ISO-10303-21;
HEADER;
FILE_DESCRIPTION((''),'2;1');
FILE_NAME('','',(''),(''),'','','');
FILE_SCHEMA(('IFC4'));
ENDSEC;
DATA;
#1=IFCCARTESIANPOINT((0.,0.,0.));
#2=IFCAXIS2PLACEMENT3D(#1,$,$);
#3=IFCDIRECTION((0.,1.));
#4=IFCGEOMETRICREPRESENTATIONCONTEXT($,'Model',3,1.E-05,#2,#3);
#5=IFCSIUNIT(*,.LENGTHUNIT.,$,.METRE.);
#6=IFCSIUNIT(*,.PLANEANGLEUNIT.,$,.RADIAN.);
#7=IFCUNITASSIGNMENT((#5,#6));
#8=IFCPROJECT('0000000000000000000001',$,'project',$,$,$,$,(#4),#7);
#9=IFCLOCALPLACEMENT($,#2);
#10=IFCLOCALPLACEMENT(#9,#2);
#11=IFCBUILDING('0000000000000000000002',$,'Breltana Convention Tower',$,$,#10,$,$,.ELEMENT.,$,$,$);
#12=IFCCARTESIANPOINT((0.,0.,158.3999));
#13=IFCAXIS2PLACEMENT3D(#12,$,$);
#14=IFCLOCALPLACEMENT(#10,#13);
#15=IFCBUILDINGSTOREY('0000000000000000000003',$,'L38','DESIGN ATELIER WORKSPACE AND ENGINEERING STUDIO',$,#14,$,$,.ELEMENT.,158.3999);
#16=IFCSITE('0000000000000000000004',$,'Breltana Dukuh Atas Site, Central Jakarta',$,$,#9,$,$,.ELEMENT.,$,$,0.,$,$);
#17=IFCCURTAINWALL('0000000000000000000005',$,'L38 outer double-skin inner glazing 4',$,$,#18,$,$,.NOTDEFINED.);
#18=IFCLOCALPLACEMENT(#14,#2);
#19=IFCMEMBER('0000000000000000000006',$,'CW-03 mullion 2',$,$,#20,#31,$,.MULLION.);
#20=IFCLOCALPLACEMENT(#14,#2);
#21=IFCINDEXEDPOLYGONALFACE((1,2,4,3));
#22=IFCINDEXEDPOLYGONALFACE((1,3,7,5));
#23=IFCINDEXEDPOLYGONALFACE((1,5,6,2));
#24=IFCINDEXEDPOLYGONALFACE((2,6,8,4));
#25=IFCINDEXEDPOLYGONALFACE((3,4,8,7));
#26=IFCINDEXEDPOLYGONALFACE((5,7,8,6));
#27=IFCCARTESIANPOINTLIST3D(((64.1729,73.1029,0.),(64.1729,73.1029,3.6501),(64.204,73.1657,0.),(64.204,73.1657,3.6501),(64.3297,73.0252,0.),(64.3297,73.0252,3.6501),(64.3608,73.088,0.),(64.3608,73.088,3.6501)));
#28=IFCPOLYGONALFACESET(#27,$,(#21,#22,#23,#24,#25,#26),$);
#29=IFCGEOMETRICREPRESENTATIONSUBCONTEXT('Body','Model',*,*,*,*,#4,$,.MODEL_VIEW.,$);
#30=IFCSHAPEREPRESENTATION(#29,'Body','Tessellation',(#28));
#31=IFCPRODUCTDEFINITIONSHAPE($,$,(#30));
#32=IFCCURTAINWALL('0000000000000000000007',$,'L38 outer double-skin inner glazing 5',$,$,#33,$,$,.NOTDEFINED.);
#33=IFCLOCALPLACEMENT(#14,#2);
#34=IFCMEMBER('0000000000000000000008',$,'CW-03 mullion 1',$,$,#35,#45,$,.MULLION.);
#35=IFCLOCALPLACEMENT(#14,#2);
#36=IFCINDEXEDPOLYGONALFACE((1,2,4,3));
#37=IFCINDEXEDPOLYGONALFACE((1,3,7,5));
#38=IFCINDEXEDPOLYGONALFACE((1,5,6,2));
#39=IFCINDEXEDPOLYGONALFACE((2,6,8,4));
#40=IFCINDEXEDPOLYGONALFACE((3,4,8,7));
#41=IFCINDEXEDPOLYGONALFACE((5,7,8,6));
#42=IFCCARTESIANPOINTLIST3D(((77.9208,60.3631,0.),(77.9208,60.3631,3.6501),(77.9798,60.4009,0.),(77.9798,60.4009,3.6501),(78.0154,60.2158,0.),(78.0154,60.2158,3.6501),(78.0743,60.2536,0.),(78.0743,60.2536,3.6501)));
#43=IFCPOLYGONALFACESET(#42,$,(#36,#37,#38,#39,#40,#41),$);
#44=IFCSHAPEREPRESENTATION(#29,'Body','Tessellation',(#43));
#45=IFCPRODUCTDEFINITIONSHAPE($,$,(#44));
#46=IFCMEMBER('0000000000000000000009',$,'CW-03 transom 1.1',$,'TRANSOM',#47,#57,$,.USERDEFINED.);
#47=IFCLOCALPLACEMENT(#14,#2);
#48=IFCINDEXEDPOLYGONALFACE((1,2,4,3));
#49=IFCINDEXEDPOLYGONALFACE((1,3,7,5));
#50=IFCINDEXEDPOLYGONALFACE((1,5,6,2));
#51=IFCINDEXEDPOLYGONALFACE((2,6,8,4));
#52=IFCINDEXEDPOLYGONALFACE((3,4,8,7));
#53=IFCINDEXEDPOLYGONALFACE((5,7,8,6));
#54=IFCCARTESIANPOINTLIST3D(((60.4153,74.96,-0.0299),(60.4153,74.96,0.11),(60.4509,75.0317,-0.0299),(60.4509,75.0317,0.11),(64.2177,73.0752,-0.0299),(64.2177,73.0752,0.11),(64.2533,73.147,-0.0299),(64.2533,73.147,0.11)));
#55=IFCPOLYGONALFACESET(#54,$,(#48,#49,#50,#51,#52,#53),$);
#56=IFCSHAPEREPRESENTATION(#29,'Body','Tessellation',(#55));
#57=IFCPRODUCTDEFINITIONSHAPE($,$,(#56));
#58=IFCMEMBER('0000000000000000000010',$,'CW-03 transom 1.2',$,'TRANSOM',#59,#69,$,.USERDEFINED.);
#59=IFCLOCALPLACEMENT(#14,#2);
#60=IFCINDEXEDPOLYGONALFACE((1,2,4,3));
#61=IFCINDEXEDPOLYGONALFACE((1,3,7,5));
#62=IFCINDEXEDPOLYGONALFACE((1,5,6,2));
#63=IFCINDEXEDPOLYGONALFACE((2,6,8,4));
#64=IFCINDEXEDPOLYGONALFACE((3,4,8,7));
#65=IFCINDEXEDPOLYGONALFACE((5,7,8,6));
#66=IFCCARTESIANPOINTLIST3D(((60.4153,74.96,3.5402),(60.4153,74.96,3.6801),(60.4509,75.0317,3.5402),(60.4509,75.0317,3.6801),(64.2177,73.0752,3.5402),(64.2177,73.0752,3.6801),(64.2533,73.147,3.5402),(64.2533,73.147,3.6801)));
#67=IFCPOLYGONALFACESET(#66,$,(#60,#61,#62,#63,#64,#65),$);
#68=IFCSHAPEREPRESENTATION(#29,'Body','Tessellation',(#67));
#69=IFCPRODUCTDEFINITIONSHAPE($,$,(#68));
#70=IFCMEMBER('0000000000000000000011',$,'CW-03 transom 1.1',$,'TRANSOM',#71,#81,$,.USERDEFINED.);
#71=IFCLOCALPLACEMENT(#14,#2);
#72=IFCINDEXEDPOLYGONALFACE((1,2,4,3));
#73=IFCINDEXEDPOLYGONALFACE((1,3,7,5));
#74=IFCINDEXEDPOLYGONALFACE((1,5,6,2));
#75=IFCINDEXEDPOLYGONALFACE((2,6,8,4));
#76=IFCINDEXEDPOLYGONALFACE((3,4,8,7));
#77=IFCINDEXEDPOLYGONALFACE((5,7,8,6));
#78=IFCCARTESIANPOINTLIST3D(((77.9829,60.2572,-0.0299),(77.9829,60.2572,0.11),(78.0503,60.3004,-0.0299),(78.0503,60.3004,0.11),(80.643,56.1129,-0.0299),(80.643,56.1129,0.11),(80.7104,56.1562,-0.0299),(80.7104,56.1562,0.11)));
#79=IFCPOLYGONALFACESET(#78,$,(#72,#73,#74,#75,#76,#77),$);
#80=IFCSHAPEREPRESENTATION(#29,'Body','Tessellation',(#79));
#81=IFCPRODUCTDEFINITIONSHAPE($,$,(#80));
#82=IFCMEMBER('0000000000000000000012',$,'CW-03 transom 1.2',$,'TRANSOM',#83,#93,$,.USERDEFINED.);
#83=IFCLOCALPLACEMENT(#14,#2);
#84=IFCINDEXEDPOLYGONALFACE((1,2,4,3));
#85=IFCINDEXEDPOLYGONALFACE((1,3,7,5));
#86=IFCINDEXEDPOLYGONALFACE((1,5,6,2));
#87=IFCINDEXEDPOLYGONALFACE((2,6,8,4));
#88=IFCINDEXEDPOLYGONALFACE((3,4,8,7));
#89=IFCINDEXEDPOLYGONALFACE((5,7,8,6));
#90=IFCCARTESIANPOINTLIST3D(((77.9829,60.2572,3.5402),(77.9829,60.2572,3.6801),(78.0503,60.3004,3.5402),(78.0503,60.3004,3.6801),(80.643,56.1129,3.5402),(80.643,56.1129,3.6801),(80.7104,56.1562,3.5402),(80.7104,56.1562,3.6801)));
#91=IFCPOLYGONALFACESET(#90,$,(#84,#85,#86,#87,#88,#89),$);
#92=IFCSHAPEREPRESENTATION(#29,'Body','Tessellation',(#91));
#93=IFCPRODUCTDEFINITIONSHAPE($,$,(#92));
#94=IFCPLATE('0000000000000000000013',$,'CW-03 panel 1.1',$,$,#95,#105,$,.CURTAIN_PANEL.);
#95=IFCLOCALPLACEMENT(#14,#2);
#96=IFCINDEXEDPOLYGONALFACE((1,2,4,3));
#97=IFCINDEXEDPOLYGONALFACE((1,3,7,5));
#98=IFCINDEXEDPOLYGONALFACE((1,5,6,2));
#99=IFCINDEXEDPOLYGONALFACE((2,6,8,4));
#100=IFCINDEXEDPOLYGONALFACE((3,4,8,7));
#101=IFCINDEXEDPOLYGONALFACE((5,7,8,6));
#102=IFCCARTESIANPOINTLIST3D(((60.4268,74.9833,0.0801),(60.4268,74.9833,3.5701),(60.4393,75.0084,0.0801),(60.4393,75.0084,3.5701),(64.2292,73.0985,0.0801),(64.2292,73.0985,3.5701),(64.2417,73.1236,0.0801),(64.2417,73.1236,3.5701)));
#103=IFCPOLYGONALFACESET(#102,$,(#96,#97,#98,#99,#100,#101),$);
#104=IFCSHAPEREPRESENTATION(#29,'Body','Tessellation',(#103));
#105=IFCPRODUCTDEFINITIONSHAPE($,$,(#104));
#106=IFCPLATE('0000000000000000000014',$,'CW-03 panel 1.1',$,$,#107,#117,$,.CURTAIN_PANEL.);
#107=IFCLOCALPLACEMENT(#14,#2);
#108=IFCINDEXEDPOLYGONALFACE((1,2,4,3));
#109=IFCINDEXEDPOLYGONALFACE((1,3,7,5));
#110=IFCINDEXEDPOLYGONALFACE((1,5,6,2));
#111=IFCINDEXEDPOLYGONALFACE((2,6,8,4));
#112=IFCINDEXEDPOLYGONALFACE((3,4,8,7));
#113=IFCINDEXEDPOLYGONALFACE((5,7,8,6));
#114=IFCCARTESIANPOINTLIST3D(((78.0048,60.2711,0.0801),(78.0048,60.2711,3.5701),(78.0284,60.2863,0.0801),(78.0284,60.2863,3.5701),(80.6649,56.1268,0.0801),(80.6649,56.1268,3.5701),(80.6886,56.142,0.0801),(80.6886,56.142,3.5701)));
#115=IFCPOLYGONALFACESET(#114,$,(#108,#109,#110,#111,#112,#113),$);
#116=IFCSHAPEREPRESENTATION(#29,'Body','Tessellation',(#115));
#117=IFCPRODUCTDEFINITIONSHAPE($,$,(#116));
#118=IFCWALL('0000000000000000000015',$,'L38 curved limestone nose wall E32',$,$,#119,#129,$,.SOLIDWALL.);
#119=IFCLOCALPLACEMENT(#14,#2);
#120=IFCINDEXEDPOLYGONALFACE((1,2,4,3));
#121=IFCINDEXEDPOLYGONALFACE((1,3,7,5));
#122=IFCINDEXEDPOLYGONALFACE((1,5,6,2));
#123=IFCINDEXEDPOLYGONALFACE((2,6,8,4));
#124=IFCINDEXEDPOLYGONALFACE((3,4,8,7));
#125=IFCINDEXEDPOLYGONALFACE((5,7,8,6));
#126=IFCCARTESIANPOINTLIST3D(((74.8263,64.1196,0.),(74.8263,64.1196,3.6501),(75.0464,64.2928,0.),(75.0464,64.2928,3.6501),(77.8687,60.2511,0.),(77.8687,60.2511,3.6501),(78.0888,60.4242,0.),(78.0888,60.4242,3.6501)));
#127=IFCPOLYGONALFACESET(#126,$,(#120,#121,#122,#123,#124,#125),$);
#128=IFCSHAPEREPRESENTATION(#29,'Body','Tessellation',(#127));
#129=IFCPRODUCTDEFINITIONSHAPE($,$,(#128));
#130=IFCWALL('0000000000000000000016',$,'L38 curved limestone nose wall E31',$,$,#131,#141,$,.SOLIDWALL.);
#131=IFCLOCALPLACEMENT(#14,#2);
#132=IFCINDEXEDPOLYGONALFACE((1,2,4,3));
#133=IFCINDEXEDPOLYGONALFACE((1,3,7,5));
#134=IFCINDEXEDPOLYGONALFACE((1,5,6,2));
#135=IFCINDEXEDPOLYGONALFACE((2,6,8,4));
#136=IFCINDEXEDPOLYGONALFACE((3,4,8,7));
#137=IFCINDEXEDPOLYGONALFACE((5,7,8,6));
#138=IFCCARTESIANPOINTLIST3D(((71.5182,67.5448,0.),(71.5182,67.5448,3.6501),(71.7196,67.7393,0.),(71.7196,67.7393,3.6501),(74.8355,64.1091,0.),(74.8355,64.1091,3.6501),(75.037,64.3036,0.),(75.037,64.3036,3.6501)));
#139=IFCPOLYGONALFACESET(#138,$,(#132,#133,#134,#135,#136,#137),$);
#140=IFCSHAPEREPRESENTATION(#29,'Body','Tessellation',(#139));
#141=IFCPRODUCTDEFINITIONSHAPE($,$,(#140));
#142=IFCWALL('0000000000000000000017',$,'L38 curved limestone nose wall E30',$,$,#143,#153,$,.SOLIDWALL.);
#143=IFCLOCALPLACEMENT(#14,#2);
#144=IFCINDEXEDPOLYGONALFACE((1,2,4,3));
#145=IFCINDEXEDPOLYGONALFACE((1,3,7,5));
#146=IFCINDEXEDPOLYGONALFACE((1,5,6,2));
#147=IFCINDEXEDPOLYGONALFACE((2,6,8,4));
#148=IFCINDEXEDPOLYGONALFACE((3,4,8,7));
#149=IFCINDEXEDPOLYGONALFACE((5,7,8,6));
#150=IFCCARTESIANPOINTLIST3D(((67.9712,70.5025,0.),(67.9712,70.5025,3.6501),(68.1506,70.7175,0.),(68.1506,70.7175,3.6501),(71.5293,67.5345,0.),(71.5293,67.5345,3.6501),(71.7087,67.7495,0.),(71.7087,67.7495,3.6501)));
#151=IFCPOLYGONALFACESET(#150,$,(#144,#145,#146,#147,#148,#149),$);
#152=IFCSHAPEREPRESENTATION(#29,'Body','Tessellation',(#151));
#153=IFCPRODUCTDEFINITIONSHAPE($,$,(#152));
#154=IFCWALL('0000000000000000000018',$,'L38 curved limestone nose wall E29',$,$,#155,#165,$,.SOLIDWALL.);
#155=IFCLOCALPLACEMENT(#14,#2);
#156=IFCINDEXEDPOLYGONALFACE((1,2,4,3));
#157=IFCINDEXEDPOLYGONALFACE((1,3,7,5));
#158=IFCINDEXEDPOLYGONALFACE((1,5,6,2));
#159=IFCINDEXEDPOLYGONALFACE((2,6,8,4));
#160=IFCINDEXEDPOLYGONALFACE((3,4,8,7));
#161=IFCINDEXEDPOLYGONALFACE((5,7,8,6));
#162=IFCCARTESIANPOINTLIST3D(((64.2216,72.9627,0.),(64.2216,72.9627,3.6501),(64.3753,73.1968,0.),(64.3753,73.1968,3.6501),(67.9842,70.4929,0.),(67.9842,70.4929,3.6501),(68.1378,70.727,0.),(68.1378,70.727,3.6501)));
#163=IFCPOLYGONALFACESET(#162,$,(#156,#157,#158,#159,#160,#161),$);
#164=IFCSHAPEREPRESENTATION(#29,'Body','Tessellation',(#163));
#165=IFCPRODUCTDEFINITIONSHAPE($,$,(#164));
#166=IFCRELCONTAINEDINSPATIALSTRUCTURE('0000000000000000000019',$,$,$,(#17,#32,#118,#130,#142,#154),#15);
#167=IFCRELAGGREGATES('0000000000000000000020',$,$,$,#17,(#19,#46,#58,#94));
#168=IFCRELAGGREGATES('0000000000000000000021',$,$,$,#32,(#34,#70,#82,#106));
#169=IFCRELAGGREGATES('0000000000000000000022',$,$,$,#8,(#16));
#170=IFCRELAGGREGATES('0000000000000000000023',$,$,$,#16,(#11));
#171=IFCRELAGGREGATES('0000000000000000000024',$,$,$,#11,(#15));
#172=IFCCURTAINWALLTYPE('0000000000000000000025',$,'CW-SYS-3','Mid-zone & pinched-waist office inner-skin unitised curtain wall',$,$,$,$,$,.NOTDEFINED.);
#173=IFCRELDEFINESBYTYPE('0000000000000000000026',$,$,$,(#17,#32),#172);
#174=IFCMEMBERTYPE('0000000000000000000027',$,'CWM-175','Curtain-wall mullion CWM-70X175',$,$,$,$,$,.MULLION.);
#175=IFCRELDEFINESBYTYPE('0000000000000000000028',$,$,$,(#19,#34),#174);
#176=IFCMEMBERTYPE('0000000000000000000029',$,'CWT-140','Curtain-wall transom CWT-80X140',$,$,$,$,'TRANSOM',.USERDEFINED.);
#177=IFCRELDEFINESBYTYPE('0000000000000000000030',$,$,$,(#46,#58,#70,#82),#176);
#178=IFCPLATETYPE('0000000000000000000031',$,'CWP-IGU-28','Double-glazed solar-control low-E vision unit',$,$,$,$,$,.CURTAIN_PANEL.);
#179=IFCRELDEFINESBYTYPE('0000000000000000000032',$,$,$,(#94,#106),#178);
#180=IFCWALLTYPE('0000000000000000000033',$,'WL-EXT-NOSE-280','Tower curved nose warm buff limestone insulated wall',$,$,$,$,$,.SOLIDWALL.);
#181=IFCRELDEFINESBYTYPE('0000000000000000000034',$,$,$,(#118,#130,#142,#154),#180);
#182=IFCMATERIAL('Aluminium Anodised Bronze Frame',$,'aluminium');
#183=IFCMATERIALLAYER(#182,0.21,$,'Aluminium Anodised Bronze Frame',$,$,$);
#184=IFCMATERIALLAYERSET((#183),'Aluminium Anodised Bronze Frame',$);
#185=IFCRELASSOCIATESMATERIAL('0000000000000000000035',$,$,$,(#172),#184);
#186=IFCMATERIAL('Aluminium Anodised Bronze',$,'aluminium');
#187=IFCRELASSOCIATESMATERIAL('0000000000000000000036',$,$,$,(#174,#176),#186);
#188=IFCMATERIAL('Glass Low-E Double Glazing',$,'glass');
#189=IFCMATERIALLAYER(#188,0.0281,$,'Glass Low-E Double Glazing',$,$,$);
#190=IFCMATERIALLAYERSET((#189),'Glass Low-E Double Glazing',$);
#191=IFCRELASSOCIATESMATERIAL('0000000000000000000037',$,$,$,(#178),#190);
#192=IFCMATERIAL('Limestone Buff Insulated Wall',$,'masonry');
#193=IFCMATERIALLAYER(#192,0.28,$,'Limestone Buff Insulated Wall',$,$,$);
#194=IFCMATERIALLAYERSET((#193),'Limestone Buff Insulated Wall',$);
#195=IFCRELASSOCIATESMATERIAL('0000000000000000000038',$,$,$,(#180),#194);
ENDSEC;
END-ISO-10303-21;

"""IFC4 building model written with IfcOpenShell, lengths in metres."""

from ifc_helpers import new_model, si_unit, direction, frame, frame_2d, origin, origin_2d, place, context, subcontext, project, spatial, rectangle, extrude, source, transform, mapped, material, layer, layer_set, material_profile, profile_set, type_object, element, aggregate, save


model = new_model("IFC4")

# Units and contexts
model_context = context("Model", 3, precision=1e-05, world=origin(), true_north=direction((0.0, 1.0)))
body_context = subcontext(model_context, "Body", "Model", "MODEL_VIEW")
ifc_project = project(units=[si_unit("LENGTHUNIT", "METRE"), si_unit("PLANEANGLEUNIT", "RADIAN")], contexts=[model_context])

# Site, building, storey
site_placement = place(None, origin())
site = spatial("IfcSite", under=ifc_project, at=site_placement, Name="Breltana Dukuh Atas Site, Central Jakarta", CompositionType="ELEMENT", RefElevation=0.0)
building_placement = place(site_placement, origin())
building = spatial("IfcBuilding", under=site, at=building_placement, Name="Breltana Convention Tower", CompositionType="ELEMENT")
storey_placement = place(building_placement, frame((0.0, 0.0, 158.3999)))
storey = spatial("IfcBuildingStorey", under=building, at=storey_placement, Name="L38", Description="DESIGN ATELIER WORKSPACE AND ENGINEERING STUDIO", CompositionType="ELEMENT", Elevation=158.3999)

# Curtain walls, members
ifc_material_1 = material(Name="Aluminium Anodised Bronze Frame", Category="aluminium")
ifc_layer_1 = layer(ifc_material_1, 0.21, Name="Aluminium Anodised Bronze Frame")
ifc_layer_set_1 = layer_set([ifc_layer_1], Name="Aluminium Anodised Bronze Frame")
curtain_wall_type = type_object("IfcCurtainWallType", Name="CW-SYS-3", Description="Mid-zone & pinched-waist office inner-skin unitised curtain wall", PredefinedType="NOTDEFINED", material=ifc_layer_set_1)
curtain_wall_1_placement = place(storey_placement, origin())
curtain_wall_1 = element("IfcCurtainWall", 1, at=curtain_wall_1_placement, inside=storey, type_object=curtain_wall_type, Name="L38 outer double-skin inner glazing 4", PredefinedType="NOTDEFINED")
ifc_material_2 = material(Name="Aluminium Anodised Bronze", Category="aluminium")
ifc_material_profile_1 = material_profile(ifc_material_2, rectangle(XDim=0.0701, YDim=0.175, at=origin_2d()), Name="CWM-70X175")
ifc_profile_set_1 = profile_set([ifc_material_profile_1], Name="Aluminium Anodised Bronze")
member_type_1 = type_object("IfcMemberType", Name="CWM-175", Description="Curtain-wall mullion CWM-70X175", PredefinedType="MULLION", material=ifc_profile_set_1)
shared_shape_1 = source(origin(), body_context, "Body", "SweptSolid", [
    extrude(rectangle(XDim=0.0701, YDim=0.175, at=origin_2d()), origin(), (0.0, 0.0, 1.0), 3.6501),
])
member_1_placement = place(storey_placement, frame((64.2668, 73.0955, 0.0), z_axis=(0.0, 0.0, 1.0), x_axis=(0.444118, 0.895968, 0.0)))
member_1 = element("IfcMember", 2, at=member_1_placement, type_object=member_type_1, Name="CW-03 mullion 2", PredefinedType="MULLION", context=body_context, shape_type="MappedRepresentation", body=[
    mapped(shared_shape_1, transform((0.0, 0.0, 0.0), scale=1.0)),
])
curtain_wall_2_placement = place(storey_placement, origin())
curtain_wall_2 = element("IfcCurtainWall", 3, at=curtain_wall_2_placement, inside=storey, type_object=curtain_wall_type, Name="L38 outer double-skin inner glazing 5", PredefinedType="NOTDEFINED")
member_2_placement = place(storey_placement, frame((77.9976, 60.3083, 0.0), z_axis=(0.0, 0.0, 1.0), x_axis=(0.841554, 0.540173, 0.0)))
member_2 = element("IfcMember", 4, at=member_2_placement, type_object=member_type_1, Name="CW-03 mullion 1", PredefinedType="MULLION", context=body_context, shape_type="MappedRepresentation", body=[
    mapped(shared_shape_1, transform((0.0, 0.0, 0.0), scale=1.0)),
])

# Members
ifc_material_profile_2 = material_profile(ifc_material_2, rectangle(XDim=0.0801, YDim=0.1399, at=origin_2d()), Name="CWT-80X140")
ifc_profile_set_2 = profile_set([ifc_material_profile_2], Name="Aluminium Anodised Bronze")
member_type_2 = type_object("IfcMemberType", Name="CWT-140", Description="Curtain-wall transom CWT-80X140", ElementType="TRANSOM", PredefinedType="USERDEFINED", material=ifc_profile_set_2)
shared_shape_2 = source(origin(), body_context, "Body", "SweptSolid", [
    extrude(rectangle(XDim=0.0801, YDim=0.1399, at=origin_2d()), origin(), (0.0, 0.0, 1.0), 4.2439),
])
member_3_placement = place(storey_placement, frame((60.4331, 74.9958, 0.04), z_axis=(0.895975, -0.444104, 0.0), x_axis=(0.444104, 0.895975, 0.0)))
member_3 = element("IfcMember", 5, at=member_3_placement, type_object=member_type_2, Name="CW-03 transom 1.1", ObjectType="TRANSOM", PredefinedType="USERDEFINED", context=body_context, shape_type="MappedRepresentation", body=[
    mapped(shared_shape_2, transform((0.0, 0.0, 0.0), scale=1.0)),
])
member_4_placement = place(storey_placement, frame((60.4331, 74.9958, 3.6101), z_axis=(0.895975, -0.444104, 0.0), x_axis=(0.444104, 0.895975, 0.0)))
member_4 = element("IfcMember", 6, at=member_4_placement, type_object=member_type_2, Name="CW-03 transom 1.2", ObjectType="TRANSOM", PredefinedType="USERDEFINED", context=body_context, shape_type="MappedRepresentation", body=[
    mapped(shared_shape_2, transform((0.0, 0.0, 0.0), scale=1.0)),
])
shared_shape_3 = source(origin(), body_context, "Body", "SweptSolid", [
    extrude(rectangle(XDim=0.0801, YDim=0.1399, at=origin_2d()), origin(), (0.0, 0.0, 1.0), 4.9246),
])
member_5_placement = place(storey_placement, frame((78.0166, 60.2788, 0.04), z_axis=(0.540179, -0.84155, 0.0), x_axis=(0.84155, 0.540179, 0.0)))
member_5 = element("IfcMember", 7, at=member_5_placement, type_object=member_type_2, Name="CW-03 transom 1.1", ObjectType="TRANSOM", PredefinedType="USERDEFINED", context=body_context, shape_type="MappedRepresentation", body=[
    mapped(shared_shape_3, transform((0.0, 0.0, 0.0), scale=1.0)),
])
member_6_placement = place(storey_placement, frame((78.0166, 60.2788, 3.6101), z_axis=(0.540179, -0.84155, 0.0), x_axis=(0.84155, 0.540179, 0.0)))
member_6 = element("IfcMember", 8, at=member_6_placement, type_object=member_type_2, Name="CW-03 transom 1.2", ObjectType="TRANSOM", PredefinedType="USERDEFINED", context=body_context, shape_type="MappedRepresentation", body=[
    mapped(shared_shape_3, transform((0.0, 0.0, 0.0), scale=1.0)),
])

# Plates
ifc_material_3 = material(Name="Glass Low-E Double Glazing", Category="glass")
ifc_layer_2 = layer(ifc_material_3, 0.0281, Name="Glass Low-E Double Glazing")
ifc_layer_set_2 = layer_set([ifc_layer_2], Name="Glass Low-E Double Glazing")
plate_type = type_object("IfcPlateType", Name="CWP-IGU-28", Description="Double-glazed solar-control low-E vision unit", PredefinedType="CURTAIN_PANEL", material=ifc_layer_set_2)
shared_shape_4 = source(origin(), body_context, "Body", "SweptSolid", [
    extrude(rectangle(XDim=4.2439, YDim=0.0281, at=origin_2d()), origin(), (0.0, 0.0, 1.0), 3.49),
])
plate_1_placement = place(storey_placement, frame((62.3342, 74.0535, 0.0801), z_axis=(0.0, 0.0, 1.0), x_axis=(0.895968, -0.444118, 0.0)))
plate_1 = element("IfcPlate", 9, at=plate_1_placement, type_object=plate_type, Name="CW-03 panel 1.1", PredefinedType="CURTAIN_PANEL", context=body_context, shape_type="MappedRepresentation", body=[
    mapped(shared_shape_4, transform((0.0, 0.0, 0.0), scale=1.0)),
])
aggregate(curtain_wall_1, [member_1, member_3, member_4, plate_1])
shared_shape_5 = source(origin(), body_context, "Body", "SweptSolid", [
    extrude(rectangle(XDim=4.9246, YDim=0.0281, at=origin_2d()), origin(), (0.0, 0.0, 1.0), 3.49),
])
plate_2_placement = place(storey_placement, frame((79.3467, 58.2065, 0.0801), z_axis=(0.0, 0.0, 1.0), x_axis=(0.540173, -0.841554, 0.0)))
plate_2 = element("IfcPlate", 10, at=plate_2_placement, type_object=plate_type, Name="CW-03 panel 1.1", PredefinedType="CURTAIN_PANEL", context=body_context, shape_type="MappedRepresentation", body=[
    mapped(shared_shape_5, transform((0.0, 0.0, 0.0), scale=1.0)),
])
aggregate(curtain_wall_2, [member_2, member_5, member_6, plate_2])

# Walls
ifc_material_4 = material(Name="Limestone Buff Insulated Wall", Category="masonry")
ifc_layer_3 = layer(ifc_material_4, 0.28, Name="Limestone Buff Insulated Wall")
ifc_layer_set_3 = layer_set([ifc_layer_3], Name="Limestone Buff Insulated Wall")
wall_type_1 = type_object("IfcWallType", Name="WL-EXT-NOSE-280", Description="Tower curved nose warm buff limestone insulated wall", PredefinedType="SOLIDWALL", material=ifc_layer_set_3)
shared_shape_6 = source(origin(), body_context, "Body", "SweptSolid", [
    extrude(rectangle(XDim=4.9216, YDim=0.28, at=frame_2d((2.4609, 0.0))), origin(), (0.0, 0.0, 1.0), 3.6501),
])
wall_1_placement = place(storey_placement, frame((74.9363, 64.2063, 0.0), z_axis=(0.0, 0.0, 1.0), x_axis=(0.618176, -0.786039, 0.0)))
element("IfcWall", 11, at=wall_1_placement, inside=storey, type_object=wall_type_1, Name="L38 curved limestone nose wall E32", PredefinedType="SOLIDWALL", context=body_context, shape_type="MappedRepresentation", body=[
    mapped(shared_shape_6, transform((0.0, 0.0, 0.0), scale=1.0)),
])
shared_shape_7 = source(origin(), body_context, "Body", "SweptSolid", [
    extrude(rectangle(XDim=4.7759, YDim=0.28, at=frame_2d((2.3879, 0.0))), origin(), (0.0, 0.0, 1.0), 3.6501),
])
wall_2_placement = place(storey_placement, frame((71.6189, 67.6421, 0.0), z_axis=(0.0, 0.0, 1.0), x_axis=(0.694602, -0.719394, 0.0)))
element("IfcWall", 12, at=wall_2_placement, inside=storey, type_object=wall_type_1, Name="L38 curved limestone nose wall E31", PredefinedType="SOLIDWALL", context=body_context, shape_type="MappedRepresentation", body=[
    mapped(shared_shape_7, transform((0.0, 0.0, 0.0), scale=1.0)),
])
shared_shape_8 = source(origin(), body_context, "Body", "SweptSolid", [
    extrude(rectangle(XDim=4.6335, YDim=0.28, at=frame_2d((2.3169, 0.0))), origin(), (0.0, 0.0, 1.0), 3.6501),
])
wall_3_placement = place(storey_placement, frame((68.0608, 70.6101, 0.0), z_axis=(0.0, 0.0, 1.0), x_axis=(0.76791, -0.640557, 0.0)))
element("IfcWall", 13, at=wall_3_placement, inside=storey, type_object=wall_type_1, Name="L38 curved limestone nose wall E30", PredefinedType="SOLIDWALL", context=body_context, shape_type="MappedRepresentation", body=[
    mapped(shared_shape_8, transform((0.0, 0.0, 0.0), scale=1.0)),
])
shared_shape_9 = source(origin(), body_context, "Body", "SweptSolid", [
    extrude(rectangle(XDim=4.5007, YDim=0.28, at=frame_2d((2.2505, 0.0))), origin(), (0.0, 0.0, 1.0), 3.6501),
])
wall_4_placement = place(storey_placement, frame((64.2983, 73.0798, 0.0), z_axis=(0.0, 0.0, 1.0), x_axis=(0.835985, -0.548752, 0.0)))
element("IfcWall", 14, at=wall_4_placement, inside=storey, type_object=wall_type_1, Name="L38 curved limestone nose wall E29", PredefinedType="SOLIDWALL", context=body_context, shape_type="MappedRepresentation", body=[
    mapped(shared_shape_9, transform((0.0, 0.0, 0.0), scale=1.0)),
])

save(model, "model.ifc")
